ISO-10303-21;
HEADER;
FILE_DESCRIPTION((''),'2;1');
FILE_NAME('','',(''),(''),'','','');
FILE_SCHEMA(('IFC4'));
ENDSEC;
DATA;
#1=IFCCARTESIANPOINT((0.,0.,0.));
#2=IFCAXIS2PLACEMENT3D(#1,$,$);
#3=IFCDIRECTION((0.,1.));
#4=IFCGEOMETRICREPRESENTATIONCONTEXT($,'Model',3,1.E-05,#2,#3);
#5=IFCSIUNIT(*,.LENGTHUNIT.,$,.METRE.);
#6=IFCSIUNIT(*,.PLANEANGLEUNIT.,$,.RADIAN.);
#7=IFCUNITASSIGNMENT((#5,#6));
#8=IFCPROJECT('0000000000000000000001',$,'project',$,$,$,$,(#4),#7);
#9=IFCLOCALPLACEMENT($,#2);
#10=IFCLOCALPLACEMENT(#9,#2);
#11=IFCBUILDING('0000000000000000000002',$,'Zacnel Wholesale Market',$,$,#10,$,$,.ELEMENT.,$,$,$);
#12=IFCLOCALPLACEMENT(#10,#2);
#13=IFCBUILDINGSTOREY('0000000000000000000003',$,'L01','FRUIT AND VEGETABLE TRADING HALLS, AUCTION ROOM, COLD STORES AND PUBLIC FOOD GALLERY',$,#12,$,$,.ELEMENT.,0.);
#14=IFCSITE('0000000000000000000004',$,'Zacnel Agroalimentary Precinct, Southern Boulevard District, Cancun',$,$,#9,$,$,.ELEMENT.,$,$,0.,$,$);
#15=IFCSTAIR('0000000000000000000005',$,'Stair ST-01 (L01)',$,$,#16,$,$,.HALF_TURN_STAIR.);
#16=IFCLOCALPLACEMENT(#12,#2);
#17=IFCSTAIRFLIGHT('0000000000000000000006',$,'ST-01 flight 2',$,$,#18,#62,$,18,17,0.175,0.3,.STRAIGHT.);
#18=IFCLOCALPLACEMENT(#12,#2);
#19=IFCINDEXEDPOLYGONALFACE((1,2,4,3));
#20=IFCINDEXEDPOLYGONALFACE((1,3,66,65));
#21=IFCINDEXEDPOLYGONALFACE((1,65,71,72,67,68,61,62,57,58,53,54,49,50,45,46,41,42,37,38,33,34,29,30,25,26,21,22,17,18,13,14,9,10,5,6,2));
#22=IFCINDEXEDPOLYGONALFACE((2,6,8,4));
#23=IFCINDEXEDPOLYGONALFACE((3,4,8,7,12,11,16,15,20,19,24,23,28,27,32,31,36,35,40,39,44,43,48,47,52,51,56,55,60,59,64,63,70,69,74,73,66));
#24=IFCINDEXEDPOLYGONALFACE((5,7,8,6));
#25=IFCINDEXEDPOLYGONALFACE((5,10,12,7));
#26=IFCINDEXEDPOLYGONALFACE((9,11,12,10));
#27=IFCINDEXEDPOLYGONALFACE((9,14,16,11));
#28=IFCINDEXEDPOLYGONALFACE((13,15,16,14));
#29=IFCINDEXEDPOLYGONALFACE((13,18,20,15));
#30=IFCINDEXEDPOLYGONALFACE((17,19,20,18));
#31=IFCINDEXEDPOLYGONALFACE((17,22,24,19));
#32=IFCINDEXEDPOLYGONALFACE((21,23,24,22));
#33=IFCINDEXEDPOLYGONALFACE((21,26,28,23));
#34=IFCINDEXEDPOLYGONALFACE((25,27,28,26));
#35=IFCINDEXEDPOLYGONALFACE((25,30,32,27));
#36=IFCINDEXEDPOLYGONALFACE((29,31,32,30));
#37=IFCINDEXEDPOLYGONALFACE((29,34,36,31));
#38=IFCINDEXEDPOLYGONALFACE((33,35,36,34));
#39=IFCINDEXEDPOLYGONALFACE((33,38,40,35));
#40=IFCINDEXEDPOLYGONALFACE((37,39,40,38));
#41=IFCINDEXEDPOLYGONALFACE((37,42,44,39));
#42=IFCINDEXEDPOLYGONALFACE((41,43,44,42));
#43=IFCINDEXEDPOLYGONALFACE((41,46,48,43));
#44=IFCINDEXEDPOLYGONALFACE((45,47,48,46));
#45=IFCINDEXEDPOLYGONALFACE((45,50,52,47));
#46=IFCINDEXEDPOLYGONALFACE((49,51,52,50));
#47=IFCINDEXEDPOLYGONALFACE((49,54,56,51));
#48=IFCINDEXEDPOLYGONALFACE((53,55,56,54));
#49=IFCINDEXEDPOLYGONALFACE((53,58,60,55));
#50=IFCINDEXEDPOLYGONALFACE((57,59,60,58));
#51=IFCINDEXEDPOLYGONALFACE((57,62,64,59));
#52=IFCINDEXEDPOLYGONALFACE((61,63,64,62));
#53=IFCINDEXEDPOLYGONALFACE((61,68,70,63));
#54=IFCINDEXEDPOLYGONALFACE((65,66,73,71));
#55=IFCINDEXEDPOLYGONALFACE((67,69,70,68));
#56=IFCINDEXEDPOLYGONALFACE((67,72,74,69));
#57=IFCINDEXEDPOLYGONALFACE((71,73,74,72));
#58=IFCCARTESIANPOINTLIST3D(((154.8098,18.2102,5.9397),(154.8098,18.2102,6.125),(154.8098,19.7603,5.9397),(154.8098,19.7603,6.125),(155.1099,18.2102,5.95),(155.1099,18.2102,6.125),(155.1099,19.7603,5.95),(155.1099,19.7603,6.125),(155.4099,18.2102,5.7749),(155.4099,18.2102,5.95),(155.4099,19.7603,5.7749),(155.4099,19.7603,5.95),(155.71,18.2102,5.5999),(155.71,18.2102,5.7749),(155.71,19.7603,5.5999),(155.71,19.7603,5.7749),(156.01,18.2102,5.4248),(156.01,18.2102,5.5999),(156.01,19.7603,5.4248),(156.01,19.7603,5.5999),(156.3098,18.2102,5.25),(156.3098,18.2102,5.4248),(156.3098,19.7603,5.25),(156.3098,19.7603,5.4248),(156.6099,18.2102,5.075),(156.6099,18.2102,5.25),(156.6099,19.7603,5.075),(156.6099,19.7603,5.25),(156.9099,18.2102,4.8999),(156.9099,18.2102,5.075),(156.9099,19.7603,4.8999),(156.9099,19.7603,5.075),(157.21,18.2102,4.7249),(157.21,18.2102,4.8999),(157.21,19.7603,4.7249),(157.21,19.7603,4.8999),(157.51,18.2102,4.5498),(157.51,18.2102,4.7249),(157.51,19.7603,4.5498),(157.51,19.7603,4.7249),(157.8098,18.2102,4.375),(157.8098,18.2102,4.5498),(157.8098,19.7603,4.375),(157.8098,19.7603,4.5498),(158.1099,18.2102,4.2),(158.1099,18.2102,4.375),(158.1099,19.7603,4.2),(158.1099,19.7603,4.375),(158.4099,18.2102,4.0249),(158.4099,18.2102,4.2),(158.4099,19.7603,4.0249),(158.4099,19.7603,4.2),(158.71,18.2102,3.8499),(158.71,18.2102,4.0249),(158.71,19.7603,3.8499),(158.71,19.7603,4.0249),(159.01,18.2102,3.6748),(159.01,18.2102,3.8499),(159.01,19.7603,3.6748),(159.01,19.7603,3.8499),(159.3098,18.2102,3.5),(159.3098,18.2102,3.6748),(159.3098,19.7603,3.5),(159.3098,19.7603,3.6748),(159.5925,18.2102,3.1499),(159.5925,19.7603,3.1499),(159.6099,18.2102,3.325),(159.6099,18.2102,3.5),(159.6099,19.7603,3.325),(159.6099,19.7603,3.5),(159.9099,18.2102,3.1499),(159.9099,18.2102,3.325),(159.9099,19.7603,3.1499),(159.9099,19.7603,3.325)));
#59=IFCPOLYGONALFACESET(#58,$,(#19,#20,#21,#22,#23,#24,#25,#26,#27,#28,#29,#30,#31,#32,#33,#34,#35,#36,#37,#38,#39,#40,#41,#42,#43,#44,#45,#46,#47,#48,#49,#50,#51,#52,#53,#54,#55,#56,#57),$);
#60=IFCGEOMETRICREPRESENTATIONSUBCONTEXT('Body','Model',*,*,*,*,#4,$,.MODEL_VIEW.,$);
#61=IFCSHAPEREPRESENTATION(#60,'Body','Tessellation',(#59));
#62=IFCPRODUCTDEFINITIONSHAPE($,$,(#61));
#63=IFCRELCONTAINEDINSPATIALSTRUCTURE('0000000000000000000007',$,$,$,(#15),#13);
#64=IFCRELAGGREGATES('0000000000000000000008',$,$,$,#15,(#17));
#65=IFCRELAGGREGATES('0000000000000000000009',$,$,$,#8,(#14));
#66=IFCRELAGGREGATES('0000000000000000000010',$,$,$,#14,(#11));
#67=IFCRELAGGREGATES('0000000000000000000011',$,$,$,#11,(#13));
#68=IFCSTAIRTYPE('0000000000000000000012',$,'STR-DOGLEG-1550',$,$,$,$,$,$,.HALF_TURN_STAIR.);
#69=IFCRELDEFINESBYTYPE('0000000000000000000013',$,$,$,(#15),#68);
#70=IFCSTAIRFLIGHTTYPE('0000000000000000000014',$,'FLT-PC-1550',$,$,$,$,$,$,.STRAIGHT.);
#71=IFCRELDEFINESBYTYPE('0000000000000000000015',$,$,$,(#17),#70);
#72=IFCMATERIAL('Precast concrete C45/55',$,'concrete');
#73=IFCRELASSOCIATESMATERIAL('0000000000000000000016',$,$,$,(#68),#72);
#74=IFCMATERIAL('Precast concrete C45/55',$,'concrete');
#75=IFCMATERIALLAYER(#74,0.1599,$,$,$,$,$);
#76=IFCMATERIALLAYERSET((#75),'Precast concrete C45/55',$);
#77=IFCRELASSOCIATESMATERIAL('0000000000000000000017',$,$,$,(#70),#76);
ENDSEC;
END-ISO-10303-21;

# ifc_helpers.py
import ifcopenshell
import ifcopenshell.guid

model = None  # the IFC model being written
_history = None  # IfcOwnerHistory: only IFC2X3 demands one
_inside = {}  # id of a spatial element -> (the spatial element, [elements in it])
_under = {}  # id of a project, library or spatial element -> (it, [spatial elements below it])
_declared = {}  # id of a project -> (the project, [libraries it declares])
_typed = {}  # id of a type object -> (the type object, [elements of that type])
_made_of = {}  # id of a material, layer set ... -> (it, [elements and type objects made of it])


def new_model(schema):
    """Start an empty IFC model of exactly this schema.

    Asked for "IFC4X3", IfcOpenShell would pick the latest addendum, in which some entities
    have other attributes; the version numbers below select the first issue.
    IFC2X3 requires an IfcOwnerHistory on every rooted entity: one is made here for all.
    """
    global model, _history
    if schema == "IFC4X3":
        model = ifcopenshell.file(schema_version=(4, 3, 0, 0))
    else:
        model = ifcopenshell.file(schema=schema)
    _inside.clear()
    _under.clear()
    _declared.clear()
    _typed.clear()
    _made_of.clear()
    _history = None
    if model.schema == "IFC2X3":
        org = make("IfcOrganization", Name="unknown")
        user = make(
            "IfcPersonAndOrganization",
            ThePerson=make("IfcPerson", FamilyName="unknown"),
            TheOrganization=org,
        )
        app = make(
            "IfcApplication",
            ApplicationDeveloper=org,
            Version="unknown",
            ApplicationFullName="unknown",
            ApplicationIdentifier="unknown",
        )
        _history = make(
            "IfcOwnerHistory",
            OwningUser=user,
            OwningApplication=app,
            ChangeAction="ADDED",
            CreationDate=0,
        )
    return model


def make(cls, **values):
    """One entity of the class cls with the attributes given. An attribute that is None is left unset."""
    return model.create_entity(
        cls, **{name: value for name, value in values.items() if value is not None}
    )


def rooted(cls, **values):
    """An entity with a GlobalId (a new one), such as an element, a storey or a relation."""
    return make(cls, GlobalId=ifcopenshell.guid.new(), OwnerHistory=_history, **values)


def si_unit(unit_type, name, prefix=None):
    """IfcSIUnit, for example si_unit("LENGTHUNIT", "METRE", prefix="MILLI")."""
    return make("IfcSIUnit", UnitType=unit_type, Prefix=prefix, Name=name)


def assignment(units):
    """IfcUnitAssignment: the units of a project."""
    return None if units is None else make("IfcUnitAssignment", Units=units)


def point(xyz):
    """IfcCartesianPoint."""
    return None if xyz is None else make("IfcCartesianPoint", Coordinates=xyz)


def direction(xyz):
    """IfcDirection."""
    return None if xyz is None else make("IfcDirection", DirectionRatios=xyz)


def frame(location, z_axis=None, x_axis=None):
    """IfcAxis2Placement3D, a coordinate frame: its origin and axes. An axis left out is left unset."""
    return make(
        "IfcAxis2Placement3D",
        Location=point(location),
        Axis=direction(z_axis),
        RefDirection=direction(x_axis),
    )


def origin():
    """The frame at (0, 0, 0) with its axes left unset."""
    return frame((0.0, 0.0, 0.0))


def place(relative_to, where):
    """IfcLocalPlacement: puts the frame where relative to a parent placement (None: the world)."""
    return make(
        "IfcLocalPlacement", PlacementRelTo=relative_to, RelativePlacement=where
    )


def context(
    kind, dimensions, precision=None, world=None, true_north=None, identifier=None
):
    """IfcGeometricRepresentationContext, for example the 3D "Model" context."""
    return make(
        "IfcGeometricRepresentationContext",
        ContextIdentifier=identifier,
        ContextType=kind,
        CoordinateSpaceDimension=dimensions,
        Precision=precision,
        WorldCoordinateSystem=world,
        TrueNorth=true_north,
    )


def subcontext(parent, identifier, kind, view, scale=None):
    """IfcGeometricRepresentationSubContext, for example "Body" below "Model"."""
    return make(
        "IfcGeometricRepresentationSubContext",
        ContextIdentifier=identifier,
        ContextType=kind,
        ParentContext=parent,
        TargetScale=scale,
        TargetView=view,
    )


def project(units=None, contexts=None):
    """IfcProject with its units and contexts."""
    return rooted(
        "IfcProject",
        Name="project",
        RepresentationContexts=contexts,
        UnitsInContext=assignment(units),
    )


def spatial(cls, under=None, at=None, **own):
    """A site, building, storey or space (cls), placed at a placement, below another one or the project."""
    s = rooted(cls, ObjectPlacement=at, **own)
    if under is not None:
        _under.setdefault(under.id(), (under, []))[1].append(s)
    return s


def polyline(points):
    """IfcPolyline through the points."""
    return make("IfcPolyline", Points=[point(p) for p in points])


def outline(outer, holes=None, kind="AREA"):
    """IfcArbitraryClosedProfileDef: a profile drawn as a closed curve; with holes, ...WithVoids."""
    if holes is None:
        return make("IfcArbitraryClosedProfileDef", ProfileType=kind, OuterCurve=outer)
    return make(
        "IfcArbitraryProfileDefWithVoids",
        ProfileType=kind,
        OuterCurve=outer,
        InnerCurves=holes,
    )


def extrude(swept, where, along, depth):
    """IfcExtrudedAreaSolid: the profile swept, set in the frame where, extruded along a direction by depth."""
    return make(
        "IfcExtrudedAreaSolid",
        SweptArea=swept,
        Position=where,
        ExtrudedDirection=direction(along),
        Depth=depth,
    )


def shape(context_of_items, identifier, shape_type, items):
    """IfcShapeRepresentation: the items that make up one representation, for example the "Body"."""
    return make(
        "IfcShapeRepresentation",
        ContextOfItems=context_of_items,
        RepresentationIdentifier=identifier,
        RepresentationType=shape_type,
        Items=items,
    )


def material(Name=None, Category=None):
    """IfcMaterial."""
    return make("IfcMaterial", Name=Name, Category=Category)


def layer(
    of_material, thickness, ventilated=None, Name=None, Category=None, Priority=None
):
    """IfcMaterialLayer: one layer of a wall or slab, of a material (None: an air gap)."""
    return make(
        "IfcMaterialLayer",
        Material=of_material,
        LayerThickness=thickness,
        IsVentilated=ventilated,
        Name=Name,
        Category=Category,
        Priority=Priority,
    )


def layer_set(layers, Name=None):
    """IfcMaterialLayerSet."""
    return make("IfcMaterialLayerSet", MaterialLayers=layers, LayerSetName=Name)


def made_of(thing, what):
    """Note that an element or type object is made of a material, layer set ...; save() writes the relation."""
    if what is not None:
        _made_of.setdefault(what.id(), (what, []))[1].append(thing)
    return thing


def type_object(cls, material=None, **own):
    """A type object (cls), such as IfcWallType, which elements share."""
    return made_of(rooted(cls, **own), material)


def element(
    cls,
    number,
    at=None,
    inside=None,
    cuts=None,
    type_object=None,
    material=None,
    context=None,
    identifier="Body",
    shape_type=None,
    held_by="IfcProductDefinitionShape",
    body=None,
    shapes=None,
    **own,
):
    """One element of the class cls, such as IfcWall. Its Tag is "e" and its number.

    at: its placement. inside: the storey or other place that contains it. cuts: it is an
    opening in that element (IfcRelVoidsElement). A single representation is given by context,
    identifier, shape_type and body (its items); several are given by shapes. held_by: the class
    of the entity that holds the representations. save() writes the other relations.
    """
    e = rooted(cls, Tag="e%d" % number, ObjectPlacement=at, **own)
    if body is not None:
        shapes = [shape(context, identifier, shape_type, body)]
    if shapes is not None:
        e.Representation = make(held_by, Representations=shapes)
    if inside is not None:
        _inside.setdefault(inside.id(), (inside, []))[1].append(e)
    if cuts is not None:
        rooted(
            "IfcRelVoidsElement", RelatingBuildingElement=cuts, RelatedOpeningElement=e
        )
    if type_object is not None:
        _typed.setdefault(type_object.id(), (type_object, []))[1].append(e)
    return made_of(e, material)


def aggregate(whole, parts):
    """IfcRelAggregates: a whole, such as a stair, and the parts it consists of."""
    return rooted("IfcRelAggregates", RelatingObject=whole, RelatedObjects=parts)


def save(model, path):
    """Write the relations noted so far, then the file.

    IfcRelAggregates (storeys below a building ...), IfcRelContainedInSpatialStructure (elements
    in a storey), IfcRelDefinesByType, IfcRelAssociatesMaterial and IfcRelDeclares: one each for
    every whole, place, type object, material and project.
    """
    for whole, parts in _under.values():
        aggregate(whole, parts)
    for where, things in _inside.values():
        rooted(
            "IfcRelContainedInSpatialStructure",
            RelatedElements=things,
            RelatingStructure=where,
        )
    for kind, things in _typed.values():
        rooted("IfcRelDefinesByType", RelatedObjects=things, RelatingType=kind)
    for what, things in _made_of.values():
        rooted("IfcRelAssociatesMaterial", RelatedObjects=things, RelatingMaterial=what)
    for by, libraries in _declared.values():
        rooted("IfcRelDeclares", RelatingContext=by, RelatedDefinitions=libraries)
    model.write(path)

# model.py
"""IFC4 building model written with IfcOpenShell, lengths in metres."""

from ifc_helpers import new_model, si_unit, direction, frame, origin, place, context, subcontext, project, spatial, polyline, outline, extrude, material, layer, layer_set, type_object, element, aggregate, save


model = new_model("IFC4")

# Units and contexts
model_context = context("Model", 3, precision=1e-05, world=origin(), true_north=direction((0.0, 1.0)))
body_context = subcontext(model_context, "Body", "Model", "MODEL_VIEW")
ifc_project = project(units=[si_unit("LENGTHUNIT", "METRE"), si_unit("PLANEANGLEUNIT", "RADIAN")], contexts=[model_context])

# Site, building, storey
site_placement = place(None, origin())
site = spatial("IfcSite", under=ifc_project, at=site_placement, Name="Zacnel Agroalimentary Precinct, Southern Boulevard District, Cancun", CompositionType="ELEMENT", RefElevation=0.0)
building_placement = place(site_placement, origin())
building = spatial("IfcBuilding", under=site, at=building_placement, Name="Zacnel Wholesale Market", CompositionType="ELEMENT")
storey_placement = place(building_placement, origin())
storey = spatial("IfcBuildingStorey", under=building, at=storey_placement, Name="L01", Description="FRUIT AND VEGETABLE TRADING HALLS, AUCTION ROOM, COLD STORES AND PUBLIC FOOD GALLERY", CompositionType="ELEMENT", Elevation=0.0)

# Stair, stair flight
ifc_material_1 = material(Name="Precast concrete C45/55", Category="concrete")
stair_type = type_object("IfcStairType", Name="STR-DOGLEG-1550", PredefinedType="HALF_TURN_STAIR", material=ifc_material_1)
stair_placement = place(storey_placement, origin())
stair = element("IfcStair", 1, at=stair_placement, inside=storey, type_object=stair_type, Name="Stair ST-01 (L01)", PredefinedType="HALF_TURN_STAIR")
ifc_material_2 = material(Name="Precast concrete C45/55", Category="concrete")
ifc_layer_1 = layer(ifc_material_2, 0.1599)
ifc_layer_set_1 = layer_set([ifc_layer_1], Name="Precast concrete C45/55")
stair_flight_type = type_object("IfcStairFlightType", Name="FLT-PC-1550", PredefinedType="STRAIGHT", material=ifc_layer_set_1)
stair_flight_1_placement = place(storey_placement, frame((159.9099, 18.9851, 3.1499), z_axis=(0.0, 0.0, 1.0), x_axis=(-1.0, 0.0, 0.0)))
stair_flight_1 = element("IfcStairFlight", 2, at=stair_flight_1_placement, type_object=stair_flight_type, Name="ST-01 flight 2", NumberOfRisers=18, NumberOfTreads=17, PredefinedType="STRAIGHT", RiserHeight=0.175, TreadLength=0.3, context=body_context, shape_type="SweptSolid", body=[
    extrude(outline(polyline([(0.0, 0.0), (0.0, 0.175), (0.3, 0.175), (0.3, 0.3501), (0.6001, 0.3501), (0.6001, 0.5249), (0.8999, 0.5249), (0.8999, 0.7), (1.2, 0.7), (1.2, 0.875), (1.5, 0.875), (1.5, 1.05), (1.8, 1.05), (1.8, 1.2251), (2.1001, 1.2251), (2.1001, 1.3999), (2.3999, 1.3999), (2.3999, 1.575), (2.7, 1.575), (2.7, 1.75), (3.0, 1.75), (3.0, 1.925), (3.3, 1.925), (3.3, 2.1001), (3.6001, 2.1001), (3.6001, 2.2749), (3.8999, 2.2749), (3.8999, 2.45), (4.2, 2.45), (4.2, 2.625), (4.5, 2.625), (4.5, 2.8), (4.8, 2.8), (4.8, 2.9751), (5.1001, 2.9751), (5.1001, 3.1499), (5.1001, 2.7898), (0.3174, 0.0), (0.0, 0.0)])), frame((0.0, 0.7749, 0.0), z_axis=(0.0, -1.0, 0.0), x_axis=(1.0, 0.0, 0.0)), (0.0, 0.0, 1.0), 1.55),
])
aggregate(stair, [stair_flight_1])

save(model, "model.ifc")
